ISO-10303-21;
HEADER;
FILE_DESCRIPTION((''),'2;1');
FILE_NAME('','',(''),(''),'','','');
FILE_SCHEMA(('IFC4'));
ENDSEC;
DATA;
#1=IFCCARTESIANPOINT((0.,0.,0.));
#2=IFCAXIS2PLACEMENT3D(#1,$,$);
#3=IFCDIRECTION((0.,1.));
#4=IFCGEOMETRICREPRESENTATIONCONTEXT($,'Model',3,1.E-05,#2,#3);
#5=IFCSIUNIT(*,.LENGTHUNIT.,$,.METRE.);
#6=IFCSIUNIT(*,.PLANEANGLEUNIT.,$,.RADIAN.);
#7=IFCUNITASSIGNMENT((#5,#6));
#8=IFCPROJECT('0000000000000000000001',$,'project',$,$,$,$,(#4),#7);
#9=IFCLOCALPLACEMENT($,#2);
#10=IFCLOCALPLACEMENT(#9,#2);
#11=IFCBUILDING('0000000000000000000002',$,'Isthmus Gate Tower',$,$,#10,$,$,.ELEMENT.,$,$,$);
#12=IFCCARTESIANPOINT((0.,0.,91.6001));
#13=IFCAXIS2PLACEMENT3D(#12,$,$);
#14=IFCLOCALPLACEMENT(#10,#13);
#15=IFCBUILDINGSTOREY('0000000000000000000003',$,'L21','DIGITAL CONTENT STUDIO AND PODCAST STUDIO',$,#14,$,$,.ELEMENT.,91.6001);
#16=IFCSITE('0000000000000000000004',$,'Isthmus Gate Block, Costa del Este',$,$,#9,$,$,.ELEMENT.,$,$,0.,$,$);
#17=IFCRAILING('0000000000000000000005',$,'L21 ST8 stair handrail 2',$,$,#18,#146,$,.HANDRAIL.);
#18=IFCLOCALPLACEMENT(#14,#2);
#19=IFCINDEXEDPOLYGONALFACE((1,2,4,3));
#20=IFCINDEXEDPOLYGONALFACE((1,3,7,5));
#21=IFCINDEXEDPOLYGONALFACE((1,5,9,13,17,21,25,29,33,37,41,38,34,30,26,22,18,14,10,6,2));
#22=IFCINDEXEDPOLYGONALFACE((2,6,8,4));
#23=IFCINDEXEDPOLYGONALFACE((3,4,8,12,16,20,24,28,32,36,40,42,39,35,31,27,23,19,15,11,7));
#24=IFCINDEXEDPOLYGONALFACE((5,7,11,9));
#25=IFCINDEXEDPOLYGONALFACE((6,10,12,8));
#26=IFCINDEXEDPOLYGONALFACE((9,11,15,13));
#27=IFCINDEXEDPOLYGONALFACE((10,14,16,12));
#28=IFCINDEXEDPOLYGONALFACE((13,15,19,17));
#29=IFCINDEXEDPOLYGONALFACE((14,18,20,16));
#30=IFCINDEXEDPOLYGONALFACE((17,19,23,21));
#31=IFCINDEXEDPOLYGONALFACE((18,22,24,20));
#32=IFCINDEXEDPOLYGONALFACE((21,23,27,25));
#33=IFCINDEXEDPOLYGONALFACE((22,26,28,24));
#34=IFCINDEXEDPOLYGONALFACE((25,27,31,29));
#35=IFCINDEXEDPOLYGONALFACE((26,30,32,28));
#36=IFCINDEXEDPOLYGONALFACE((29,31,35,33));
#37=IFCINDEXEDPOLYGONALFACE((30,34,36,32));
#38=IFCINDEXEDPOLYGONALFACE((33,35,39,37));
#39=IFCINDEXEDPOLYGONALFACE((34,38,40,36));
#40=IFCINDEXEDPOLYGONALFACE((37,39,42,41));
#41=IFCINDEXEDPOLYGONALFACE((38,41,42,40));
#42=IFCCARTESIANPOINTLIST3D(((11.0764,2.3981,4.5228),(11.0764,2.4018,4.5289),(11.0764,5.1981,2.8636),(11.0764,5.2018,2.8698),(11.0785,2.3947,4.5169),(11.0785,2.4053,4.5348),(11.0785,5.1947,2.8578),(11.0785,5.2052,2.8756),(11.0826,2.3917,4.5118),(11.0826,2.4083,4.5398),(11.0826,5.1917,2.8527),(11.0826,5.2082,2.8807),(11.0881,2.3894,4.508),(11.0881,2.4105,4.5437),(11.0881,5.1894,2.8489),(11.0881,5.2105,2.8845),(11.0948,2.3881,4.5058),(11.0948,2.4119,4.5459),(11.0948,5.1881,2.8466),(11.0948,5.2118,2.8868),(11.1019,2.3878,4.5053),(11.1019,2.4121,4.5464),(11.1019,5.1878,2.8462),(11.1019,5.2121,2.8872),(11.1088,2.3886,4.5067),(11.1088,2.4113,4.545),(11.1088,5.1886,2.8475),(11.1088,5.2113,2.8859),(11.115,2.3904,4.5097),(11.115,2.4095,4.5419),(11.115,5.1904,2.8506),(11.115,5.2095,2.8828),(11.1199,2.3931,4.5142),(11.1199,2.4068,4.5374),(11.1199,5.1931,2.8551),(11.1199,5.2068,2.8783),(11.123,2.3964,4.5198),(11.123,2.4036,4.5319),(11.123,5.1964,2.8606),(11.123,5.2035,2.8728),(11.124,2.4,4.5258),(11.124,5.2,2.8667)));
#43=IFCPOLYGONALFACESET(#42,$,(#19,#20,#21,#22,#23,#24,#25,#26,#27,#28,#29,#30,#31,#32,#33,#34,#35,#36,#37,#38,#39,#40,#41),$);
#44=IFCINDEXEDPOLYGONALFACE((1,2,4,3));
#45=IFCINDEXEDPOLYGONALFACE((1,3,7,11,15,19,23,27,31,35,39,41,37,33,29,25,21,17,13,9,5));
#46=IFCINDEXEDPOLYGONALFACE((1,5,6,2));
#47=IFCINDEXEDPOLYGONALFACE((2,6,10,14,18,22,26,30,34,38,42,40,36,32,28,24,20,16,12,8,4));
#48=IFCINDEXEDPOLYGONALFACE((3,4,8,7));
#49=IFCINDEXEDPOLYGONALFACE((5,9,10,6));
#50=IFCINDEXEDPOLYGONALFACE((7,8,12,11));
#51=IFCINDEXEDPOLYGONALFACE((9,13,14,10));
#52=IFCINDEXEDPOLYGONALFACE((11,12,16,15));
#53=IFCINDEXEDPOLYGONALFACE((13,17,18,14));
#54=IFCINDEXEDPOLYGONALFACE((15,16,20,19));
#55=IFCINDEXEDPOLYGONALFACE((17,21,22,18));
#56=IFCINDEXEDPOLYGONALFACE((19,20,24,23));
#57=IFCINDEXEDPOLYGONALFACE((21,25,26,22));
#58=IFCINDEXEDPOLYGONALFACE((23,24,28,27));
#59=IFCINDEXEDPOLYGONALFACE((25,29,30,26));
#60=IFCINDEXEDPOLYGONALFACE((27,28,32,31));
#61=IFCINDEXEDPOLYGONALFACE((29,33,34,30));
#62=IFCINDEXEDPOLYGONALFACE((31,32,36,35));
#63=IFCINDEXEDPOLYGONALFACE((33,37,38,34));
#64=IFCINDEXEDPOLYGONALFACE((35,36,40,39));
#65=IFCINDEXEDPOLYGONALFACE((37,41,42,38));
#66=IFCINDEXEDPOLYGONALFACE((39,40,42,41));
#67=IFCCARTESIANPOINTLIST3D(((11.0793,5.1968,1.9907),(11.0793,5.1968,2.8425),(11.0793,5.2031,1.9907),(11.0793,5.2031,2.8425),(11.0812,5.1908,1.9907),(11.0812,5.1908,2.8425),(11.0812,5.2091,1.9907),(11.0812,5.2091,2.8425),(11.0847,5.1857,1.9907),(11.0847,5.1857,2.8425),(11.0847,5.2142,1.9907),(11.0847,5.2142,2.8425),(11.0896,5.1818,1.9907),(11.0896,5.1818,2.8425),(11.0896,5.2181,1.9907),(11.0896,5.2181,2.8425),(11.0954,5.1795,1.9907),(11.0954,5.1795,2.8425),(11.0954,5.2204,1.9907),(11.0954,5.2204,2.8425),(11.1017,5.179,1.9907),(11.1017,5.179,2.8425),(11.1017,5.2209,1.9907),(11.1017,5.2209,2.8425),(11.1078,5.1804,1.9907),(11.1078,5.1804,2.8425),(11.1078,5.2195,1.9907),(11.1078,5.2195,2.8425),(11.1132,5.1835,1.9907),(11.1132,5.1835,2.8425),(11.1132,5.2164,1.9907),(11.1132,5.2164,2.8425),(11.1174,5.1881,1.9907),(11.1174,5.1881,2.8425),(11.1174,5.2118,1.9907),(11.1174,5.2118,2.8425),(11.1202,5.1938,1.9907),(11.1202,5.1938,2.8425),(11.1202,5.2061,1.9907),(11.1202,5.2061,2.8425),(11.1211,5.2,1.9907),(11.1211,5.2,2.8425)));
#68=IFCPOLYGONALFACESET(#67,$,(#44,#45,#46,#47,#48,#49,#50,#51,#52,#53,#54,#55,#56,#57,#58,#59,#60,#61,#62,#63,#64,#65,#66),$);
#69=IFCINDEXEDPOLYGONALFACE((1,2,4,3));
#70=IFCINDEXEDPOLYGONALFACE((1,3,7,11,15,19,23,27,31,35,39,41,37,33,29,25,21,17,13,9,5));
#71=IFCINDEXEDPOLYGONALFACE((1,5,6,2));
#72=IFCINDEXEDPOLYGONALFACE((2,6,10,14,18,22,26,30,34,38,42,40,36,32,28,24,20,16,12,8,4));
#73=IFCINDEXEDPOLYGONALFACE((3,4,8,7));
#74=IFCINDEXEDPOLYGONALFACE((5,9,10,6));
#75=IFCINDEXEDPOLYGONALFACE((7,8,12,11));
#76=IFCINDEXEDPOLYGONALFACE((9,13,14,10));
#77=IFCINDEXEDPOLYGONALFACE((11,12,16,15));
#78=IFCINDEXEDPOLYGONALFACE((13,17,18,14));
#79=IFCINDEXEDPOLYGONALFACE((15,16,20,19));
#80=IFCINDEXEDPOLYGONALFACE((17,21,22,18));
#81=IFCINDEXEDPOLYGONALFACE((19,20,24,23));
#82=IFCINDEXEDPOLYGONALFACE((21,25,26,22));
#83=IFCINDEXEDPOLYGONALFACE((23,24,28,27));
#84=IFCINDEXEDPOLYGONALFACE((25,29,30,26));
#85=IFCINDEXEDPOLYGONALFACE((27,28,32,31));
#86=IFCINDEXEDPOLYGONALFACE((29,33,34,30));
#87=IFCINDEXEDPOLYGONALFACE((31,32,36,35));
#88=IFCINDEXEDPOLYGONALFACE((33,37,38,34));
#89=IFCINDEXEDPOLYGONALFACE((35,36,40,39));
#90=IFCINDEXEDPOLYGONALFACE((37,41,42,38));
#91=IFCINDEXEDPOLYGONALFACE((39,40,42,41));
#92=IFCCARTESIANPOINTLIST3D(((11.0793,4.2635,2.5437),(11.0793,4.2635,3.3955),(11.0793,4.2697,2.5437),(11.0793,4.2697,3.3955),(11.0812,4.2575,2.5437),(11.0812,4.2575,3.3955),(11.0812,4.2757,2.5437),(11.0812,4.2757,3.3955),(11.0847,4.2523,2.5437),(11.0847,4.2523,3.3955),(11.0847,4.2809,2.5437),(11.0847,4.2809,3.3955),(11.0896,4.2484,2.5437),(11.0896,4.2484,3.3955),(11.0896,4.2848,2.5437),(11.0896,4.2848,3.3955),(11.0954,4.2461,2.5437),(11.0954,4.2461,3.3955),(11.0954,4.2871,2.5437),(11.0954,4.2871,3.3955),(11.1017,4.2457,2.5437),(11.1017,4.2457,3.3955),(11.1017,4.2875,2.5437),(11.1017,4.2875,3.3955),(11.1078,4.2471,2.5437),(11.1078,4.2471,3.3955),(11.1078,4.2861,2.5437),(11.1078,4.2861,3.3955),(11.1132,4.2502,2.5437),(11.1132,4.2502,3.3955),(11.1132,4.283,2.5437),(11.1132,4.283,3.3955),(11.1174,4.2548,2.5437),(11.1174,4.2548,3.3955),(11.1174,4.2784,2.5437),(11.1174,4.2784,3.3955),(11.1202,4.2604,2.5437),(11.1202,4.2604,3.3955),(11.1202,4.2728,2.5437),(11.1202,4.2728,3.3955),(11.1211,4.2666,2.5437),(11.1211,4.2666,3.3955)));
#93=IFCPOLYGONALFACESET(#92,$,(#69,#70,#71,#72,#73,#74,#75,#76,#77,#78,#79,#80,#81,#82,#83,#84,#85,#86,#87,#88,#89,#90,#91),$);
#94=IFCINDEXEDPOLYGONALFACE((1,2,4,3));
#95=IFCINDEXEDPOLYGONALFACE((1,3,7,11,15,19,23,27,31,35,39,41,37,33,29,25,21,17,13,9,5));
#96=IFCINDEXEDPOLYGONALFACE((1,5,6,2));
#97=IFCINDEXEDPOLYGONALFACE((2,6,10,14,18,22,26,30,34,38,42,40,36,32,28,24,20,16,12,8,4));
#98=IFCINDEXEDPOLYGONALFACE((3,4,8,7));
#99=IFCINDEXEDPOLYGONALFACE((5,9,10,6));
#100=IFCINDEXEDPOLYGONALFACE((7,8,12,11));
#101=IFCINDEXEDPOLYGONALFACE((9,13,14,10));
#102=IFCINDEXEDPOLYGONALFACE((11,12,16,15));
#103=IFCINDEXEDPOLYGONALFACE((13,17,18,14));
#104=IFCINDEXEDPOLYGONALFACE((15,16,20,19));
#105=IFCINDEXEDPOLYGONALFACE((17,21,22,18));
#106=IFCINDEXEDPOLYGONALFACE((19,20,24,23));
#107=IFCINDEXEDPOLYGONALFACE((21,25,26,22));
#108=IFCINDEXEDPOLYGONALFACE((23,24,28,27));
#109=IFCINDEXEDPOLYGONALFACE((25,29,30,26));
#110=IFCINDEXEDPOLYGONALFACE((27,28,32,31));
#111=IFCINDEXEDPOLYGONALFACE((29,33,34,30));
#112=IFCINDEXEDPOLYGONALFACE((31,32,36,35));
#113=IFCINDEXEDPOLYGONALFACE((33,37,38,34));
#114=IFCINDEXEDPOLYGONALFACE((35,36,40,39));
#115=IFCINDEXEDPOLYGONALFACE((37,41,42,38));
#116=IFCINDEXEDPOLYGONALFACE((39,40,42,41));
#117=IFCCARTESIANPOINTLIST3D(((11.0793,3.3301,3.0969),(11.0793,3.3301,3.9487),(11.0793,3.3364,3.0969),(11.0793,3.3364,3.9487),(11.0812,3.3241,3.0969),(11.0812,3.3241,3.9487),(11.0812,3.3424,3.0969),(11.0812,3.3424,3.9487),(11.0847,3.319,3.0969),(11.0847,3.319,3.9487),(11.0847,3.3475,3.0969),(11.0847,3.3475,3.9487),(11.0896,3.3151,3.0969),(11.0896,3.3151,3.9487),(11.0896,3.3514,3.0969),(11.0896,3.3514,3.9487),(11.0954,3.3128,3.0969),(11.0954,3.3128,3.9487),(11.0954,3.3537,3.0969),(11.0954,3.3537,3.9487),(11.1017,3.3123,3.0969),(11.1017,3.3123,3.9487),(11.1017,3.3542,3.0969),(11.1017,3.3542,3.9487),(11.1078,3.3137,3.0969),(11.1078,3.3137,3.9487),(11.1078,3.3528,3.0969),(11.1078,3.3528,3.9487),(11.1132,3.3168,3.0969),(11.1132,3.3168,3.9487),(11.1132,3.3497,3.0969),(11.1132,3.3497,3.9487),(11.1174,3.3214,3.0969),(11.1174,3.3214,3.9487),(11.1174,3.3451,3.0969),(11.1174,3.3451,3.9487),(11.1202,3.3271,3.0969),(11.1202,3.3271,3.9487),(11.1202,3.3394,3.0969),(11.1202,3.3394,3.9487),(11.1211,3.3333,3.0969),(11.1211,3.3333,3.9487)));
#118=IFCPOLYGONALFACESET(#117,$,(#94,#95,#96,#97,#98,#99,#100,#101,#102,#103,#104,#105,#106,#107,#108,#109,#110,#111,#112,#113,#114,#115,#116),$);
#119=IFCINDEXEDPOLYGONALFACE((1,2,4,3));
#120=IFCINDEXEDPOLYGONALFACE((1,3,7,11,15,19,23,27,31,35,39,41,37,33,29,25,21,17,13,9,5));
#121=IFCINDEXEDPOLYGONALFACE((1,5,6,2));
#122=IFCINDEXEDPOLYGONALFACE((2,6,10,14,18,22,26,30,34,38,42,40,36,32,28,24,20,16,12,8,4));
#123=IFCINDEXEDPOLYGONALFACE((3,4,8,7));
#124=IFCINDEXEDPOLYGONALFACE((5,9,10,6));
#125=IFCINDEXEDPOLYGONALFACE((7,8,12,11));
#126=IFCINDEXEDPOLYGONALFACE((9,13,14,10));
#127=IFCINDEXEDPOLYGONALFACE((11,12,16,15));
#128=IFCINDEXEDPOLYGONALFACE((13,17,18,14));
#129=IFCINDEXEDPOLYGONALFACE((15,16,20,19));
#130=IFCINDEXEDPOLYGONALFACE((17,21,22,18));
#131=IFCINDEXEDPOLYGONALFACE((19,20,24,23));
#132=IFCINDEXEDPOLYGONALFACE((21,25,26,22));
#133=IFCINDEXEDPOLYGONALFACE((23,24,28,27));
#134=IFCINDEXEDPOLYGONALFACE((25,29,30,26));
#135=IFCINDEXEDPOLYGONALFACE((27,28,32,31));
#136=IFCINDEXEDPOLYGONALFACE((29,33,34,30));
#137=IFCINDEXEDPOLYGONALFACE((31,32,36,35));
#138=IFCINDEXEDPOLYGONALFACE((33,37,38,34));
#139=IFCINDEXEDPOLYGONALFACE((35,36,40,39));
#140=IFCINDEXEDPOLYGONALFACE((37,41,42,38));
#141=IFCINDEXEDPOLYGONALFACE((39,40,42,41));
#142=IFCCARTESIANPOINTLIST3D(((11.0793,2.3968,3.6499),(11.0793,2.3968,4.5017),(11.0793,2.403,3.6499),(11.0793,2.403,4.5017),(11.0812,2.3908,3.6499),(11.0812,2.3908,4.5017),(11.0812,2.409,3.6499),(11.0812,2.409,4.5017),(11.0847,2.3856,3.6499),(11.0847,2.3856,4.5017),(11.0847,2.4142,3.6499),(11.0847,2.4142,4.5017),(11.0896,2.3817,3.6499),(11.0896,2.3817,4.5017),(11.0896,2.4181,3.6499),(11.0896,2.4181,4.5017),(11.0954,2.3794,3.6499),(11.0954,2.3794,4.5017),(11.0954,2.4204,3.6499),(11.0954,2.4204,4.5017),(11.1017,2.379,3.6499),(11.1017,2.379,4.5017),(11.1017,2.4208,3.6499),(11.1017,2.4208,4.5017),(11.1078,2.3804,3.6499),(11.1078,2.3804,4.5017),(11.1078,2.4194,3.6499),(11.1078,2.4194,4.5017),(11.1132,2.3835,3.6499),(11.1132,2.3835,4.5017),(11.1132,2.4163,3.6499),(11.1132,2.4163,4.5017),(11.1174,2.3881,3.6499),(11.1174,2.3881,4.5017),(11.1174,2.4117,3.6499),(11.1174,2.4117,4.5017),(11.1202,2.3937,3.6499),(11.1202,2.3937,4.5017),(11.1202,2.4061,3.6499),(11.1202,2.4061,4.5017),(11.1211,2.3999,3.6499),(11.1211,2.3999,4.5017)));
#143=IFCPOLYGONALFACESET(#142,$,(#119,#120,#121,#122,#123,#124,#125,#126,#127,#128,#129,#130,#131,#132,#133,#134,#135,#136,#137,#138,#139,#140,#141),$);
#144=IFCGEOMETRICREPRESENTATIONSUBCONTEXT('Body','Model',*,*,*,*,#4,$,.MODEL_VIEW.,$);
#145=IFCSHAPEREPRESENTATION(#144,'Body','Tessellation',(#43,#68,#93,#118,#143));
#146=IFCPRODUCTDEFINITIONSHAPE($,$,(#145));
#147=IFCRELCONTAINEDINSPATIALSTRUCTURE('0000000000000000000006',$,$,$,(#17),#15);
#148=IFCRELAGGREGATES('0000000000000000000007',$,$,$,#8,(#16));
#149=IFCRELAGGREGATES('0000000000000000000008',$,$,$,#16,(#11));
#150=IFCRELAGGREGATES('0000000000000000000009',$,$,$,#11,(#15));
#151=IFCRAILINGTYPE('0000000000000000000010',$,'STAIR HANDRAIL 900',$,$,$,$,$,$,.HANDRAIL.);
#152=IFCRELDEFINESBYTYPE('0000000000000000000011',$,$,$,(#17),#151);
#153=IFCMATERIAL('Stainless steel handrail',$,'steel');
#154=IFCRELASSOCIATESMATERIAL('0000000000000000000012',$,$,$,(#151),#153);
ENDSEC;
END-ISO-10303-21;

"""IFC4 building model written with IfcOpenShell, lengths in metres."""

from ifc_helpers import new_model, si_unit, direction, frame, origin, origin_2d, place, context, subcontext, project, spatial, circle, extrude, material, type_object, element, save


model = new_model("IFC4")

# Units and contexts
model_context = context("Model", 3, precision=1e-05, world=origin(), true_north=direction((0.0, 1.0)))
body_context = subcontext(model_context, "Body", "Model", "MODEL_VIEW")
ifc_project = project(units=[si_unit("LENGTHUNIT", "METRE"), si_unit("PLANEANGLEUNIT", "RADIAN")], contexts=[model_context])

# Site, building, storey
site_placement = place(None, origin())
site = spatial("IfcSite", under=ifc_project, at=site_placement, Name="Isthmus Gate Block, Costa del Este", CompositionType="ELEMENT", RefElevation=0.0)
building_placement = place(site_placement, origin())
building = spatial("IfcBuilding", under=site, at=building_placement, Name="Isthmus Gate Tower", CompositionType="ELEMENT")
storey_placement = place(building_placement, frame((0.0, 0.0, 91.6001)))
storey = spatial("IfcBuildingStorey", under=building, at=storey_placement, Name="L21", Description="DIGITAL CONTENT STUDIO AND PODCAST STUDIO", CompositionType="ELEMENT", Elevation=91.6001)

# Railing
ifc_material_1 = material(Name="Stainless steel handrail", Category="steel")
railing_type_1 = type_object("IfcRailingType", Name="STAIR HANDRAIL 900", PredefinedType="HANDRAIL", material=ifc_material_1)
for number, where, name in (
    (1, (11.1001, 5.2, 1.9907), "L21 ST8 stair handrail 2"),
):
    element("IfcRailing", number, at=place(storey_placement, frame(where)), inside=storey, type_object=railing_type_1, Name=name, PredefinedType="HANDRAIL", context=body_context, shape_type="SweptSolid", body=[
        extrude(circle(Radius=0.0239, at=origin_2d()), frame((0.0, 0.0, 0.876), z_axis=(0.0, -0.860306, 0.509778), x_axis=(1.0, 0.0, 0.0)), (0.0, 0.0, 1.0), 3.2546),
        extrude(circle(Radius=0.021, at=origin_2d()), origin(), (0.0, 0.0, 1.0), 0.8518),
        extrude(circle(Radius=0.021, at=origin_2d()), frame((0.0, -0.9333, 0.553)), (0.0, 0.0, 1.0), 0.8518),
        extrude(circle(Radius=0.021, at=origin_2d()), frame((0.0, -1.8667, 1.1062)), (0.0, 0.0, 1.0), 0.8518),
        extrude(circle(Radius=0.021, at=origin_2d()), frame((0.0, -2.8, 1.6592)), (0.0, 0.0, 1.0), 0.8518),
    ])

save(model, "model.ifc")
